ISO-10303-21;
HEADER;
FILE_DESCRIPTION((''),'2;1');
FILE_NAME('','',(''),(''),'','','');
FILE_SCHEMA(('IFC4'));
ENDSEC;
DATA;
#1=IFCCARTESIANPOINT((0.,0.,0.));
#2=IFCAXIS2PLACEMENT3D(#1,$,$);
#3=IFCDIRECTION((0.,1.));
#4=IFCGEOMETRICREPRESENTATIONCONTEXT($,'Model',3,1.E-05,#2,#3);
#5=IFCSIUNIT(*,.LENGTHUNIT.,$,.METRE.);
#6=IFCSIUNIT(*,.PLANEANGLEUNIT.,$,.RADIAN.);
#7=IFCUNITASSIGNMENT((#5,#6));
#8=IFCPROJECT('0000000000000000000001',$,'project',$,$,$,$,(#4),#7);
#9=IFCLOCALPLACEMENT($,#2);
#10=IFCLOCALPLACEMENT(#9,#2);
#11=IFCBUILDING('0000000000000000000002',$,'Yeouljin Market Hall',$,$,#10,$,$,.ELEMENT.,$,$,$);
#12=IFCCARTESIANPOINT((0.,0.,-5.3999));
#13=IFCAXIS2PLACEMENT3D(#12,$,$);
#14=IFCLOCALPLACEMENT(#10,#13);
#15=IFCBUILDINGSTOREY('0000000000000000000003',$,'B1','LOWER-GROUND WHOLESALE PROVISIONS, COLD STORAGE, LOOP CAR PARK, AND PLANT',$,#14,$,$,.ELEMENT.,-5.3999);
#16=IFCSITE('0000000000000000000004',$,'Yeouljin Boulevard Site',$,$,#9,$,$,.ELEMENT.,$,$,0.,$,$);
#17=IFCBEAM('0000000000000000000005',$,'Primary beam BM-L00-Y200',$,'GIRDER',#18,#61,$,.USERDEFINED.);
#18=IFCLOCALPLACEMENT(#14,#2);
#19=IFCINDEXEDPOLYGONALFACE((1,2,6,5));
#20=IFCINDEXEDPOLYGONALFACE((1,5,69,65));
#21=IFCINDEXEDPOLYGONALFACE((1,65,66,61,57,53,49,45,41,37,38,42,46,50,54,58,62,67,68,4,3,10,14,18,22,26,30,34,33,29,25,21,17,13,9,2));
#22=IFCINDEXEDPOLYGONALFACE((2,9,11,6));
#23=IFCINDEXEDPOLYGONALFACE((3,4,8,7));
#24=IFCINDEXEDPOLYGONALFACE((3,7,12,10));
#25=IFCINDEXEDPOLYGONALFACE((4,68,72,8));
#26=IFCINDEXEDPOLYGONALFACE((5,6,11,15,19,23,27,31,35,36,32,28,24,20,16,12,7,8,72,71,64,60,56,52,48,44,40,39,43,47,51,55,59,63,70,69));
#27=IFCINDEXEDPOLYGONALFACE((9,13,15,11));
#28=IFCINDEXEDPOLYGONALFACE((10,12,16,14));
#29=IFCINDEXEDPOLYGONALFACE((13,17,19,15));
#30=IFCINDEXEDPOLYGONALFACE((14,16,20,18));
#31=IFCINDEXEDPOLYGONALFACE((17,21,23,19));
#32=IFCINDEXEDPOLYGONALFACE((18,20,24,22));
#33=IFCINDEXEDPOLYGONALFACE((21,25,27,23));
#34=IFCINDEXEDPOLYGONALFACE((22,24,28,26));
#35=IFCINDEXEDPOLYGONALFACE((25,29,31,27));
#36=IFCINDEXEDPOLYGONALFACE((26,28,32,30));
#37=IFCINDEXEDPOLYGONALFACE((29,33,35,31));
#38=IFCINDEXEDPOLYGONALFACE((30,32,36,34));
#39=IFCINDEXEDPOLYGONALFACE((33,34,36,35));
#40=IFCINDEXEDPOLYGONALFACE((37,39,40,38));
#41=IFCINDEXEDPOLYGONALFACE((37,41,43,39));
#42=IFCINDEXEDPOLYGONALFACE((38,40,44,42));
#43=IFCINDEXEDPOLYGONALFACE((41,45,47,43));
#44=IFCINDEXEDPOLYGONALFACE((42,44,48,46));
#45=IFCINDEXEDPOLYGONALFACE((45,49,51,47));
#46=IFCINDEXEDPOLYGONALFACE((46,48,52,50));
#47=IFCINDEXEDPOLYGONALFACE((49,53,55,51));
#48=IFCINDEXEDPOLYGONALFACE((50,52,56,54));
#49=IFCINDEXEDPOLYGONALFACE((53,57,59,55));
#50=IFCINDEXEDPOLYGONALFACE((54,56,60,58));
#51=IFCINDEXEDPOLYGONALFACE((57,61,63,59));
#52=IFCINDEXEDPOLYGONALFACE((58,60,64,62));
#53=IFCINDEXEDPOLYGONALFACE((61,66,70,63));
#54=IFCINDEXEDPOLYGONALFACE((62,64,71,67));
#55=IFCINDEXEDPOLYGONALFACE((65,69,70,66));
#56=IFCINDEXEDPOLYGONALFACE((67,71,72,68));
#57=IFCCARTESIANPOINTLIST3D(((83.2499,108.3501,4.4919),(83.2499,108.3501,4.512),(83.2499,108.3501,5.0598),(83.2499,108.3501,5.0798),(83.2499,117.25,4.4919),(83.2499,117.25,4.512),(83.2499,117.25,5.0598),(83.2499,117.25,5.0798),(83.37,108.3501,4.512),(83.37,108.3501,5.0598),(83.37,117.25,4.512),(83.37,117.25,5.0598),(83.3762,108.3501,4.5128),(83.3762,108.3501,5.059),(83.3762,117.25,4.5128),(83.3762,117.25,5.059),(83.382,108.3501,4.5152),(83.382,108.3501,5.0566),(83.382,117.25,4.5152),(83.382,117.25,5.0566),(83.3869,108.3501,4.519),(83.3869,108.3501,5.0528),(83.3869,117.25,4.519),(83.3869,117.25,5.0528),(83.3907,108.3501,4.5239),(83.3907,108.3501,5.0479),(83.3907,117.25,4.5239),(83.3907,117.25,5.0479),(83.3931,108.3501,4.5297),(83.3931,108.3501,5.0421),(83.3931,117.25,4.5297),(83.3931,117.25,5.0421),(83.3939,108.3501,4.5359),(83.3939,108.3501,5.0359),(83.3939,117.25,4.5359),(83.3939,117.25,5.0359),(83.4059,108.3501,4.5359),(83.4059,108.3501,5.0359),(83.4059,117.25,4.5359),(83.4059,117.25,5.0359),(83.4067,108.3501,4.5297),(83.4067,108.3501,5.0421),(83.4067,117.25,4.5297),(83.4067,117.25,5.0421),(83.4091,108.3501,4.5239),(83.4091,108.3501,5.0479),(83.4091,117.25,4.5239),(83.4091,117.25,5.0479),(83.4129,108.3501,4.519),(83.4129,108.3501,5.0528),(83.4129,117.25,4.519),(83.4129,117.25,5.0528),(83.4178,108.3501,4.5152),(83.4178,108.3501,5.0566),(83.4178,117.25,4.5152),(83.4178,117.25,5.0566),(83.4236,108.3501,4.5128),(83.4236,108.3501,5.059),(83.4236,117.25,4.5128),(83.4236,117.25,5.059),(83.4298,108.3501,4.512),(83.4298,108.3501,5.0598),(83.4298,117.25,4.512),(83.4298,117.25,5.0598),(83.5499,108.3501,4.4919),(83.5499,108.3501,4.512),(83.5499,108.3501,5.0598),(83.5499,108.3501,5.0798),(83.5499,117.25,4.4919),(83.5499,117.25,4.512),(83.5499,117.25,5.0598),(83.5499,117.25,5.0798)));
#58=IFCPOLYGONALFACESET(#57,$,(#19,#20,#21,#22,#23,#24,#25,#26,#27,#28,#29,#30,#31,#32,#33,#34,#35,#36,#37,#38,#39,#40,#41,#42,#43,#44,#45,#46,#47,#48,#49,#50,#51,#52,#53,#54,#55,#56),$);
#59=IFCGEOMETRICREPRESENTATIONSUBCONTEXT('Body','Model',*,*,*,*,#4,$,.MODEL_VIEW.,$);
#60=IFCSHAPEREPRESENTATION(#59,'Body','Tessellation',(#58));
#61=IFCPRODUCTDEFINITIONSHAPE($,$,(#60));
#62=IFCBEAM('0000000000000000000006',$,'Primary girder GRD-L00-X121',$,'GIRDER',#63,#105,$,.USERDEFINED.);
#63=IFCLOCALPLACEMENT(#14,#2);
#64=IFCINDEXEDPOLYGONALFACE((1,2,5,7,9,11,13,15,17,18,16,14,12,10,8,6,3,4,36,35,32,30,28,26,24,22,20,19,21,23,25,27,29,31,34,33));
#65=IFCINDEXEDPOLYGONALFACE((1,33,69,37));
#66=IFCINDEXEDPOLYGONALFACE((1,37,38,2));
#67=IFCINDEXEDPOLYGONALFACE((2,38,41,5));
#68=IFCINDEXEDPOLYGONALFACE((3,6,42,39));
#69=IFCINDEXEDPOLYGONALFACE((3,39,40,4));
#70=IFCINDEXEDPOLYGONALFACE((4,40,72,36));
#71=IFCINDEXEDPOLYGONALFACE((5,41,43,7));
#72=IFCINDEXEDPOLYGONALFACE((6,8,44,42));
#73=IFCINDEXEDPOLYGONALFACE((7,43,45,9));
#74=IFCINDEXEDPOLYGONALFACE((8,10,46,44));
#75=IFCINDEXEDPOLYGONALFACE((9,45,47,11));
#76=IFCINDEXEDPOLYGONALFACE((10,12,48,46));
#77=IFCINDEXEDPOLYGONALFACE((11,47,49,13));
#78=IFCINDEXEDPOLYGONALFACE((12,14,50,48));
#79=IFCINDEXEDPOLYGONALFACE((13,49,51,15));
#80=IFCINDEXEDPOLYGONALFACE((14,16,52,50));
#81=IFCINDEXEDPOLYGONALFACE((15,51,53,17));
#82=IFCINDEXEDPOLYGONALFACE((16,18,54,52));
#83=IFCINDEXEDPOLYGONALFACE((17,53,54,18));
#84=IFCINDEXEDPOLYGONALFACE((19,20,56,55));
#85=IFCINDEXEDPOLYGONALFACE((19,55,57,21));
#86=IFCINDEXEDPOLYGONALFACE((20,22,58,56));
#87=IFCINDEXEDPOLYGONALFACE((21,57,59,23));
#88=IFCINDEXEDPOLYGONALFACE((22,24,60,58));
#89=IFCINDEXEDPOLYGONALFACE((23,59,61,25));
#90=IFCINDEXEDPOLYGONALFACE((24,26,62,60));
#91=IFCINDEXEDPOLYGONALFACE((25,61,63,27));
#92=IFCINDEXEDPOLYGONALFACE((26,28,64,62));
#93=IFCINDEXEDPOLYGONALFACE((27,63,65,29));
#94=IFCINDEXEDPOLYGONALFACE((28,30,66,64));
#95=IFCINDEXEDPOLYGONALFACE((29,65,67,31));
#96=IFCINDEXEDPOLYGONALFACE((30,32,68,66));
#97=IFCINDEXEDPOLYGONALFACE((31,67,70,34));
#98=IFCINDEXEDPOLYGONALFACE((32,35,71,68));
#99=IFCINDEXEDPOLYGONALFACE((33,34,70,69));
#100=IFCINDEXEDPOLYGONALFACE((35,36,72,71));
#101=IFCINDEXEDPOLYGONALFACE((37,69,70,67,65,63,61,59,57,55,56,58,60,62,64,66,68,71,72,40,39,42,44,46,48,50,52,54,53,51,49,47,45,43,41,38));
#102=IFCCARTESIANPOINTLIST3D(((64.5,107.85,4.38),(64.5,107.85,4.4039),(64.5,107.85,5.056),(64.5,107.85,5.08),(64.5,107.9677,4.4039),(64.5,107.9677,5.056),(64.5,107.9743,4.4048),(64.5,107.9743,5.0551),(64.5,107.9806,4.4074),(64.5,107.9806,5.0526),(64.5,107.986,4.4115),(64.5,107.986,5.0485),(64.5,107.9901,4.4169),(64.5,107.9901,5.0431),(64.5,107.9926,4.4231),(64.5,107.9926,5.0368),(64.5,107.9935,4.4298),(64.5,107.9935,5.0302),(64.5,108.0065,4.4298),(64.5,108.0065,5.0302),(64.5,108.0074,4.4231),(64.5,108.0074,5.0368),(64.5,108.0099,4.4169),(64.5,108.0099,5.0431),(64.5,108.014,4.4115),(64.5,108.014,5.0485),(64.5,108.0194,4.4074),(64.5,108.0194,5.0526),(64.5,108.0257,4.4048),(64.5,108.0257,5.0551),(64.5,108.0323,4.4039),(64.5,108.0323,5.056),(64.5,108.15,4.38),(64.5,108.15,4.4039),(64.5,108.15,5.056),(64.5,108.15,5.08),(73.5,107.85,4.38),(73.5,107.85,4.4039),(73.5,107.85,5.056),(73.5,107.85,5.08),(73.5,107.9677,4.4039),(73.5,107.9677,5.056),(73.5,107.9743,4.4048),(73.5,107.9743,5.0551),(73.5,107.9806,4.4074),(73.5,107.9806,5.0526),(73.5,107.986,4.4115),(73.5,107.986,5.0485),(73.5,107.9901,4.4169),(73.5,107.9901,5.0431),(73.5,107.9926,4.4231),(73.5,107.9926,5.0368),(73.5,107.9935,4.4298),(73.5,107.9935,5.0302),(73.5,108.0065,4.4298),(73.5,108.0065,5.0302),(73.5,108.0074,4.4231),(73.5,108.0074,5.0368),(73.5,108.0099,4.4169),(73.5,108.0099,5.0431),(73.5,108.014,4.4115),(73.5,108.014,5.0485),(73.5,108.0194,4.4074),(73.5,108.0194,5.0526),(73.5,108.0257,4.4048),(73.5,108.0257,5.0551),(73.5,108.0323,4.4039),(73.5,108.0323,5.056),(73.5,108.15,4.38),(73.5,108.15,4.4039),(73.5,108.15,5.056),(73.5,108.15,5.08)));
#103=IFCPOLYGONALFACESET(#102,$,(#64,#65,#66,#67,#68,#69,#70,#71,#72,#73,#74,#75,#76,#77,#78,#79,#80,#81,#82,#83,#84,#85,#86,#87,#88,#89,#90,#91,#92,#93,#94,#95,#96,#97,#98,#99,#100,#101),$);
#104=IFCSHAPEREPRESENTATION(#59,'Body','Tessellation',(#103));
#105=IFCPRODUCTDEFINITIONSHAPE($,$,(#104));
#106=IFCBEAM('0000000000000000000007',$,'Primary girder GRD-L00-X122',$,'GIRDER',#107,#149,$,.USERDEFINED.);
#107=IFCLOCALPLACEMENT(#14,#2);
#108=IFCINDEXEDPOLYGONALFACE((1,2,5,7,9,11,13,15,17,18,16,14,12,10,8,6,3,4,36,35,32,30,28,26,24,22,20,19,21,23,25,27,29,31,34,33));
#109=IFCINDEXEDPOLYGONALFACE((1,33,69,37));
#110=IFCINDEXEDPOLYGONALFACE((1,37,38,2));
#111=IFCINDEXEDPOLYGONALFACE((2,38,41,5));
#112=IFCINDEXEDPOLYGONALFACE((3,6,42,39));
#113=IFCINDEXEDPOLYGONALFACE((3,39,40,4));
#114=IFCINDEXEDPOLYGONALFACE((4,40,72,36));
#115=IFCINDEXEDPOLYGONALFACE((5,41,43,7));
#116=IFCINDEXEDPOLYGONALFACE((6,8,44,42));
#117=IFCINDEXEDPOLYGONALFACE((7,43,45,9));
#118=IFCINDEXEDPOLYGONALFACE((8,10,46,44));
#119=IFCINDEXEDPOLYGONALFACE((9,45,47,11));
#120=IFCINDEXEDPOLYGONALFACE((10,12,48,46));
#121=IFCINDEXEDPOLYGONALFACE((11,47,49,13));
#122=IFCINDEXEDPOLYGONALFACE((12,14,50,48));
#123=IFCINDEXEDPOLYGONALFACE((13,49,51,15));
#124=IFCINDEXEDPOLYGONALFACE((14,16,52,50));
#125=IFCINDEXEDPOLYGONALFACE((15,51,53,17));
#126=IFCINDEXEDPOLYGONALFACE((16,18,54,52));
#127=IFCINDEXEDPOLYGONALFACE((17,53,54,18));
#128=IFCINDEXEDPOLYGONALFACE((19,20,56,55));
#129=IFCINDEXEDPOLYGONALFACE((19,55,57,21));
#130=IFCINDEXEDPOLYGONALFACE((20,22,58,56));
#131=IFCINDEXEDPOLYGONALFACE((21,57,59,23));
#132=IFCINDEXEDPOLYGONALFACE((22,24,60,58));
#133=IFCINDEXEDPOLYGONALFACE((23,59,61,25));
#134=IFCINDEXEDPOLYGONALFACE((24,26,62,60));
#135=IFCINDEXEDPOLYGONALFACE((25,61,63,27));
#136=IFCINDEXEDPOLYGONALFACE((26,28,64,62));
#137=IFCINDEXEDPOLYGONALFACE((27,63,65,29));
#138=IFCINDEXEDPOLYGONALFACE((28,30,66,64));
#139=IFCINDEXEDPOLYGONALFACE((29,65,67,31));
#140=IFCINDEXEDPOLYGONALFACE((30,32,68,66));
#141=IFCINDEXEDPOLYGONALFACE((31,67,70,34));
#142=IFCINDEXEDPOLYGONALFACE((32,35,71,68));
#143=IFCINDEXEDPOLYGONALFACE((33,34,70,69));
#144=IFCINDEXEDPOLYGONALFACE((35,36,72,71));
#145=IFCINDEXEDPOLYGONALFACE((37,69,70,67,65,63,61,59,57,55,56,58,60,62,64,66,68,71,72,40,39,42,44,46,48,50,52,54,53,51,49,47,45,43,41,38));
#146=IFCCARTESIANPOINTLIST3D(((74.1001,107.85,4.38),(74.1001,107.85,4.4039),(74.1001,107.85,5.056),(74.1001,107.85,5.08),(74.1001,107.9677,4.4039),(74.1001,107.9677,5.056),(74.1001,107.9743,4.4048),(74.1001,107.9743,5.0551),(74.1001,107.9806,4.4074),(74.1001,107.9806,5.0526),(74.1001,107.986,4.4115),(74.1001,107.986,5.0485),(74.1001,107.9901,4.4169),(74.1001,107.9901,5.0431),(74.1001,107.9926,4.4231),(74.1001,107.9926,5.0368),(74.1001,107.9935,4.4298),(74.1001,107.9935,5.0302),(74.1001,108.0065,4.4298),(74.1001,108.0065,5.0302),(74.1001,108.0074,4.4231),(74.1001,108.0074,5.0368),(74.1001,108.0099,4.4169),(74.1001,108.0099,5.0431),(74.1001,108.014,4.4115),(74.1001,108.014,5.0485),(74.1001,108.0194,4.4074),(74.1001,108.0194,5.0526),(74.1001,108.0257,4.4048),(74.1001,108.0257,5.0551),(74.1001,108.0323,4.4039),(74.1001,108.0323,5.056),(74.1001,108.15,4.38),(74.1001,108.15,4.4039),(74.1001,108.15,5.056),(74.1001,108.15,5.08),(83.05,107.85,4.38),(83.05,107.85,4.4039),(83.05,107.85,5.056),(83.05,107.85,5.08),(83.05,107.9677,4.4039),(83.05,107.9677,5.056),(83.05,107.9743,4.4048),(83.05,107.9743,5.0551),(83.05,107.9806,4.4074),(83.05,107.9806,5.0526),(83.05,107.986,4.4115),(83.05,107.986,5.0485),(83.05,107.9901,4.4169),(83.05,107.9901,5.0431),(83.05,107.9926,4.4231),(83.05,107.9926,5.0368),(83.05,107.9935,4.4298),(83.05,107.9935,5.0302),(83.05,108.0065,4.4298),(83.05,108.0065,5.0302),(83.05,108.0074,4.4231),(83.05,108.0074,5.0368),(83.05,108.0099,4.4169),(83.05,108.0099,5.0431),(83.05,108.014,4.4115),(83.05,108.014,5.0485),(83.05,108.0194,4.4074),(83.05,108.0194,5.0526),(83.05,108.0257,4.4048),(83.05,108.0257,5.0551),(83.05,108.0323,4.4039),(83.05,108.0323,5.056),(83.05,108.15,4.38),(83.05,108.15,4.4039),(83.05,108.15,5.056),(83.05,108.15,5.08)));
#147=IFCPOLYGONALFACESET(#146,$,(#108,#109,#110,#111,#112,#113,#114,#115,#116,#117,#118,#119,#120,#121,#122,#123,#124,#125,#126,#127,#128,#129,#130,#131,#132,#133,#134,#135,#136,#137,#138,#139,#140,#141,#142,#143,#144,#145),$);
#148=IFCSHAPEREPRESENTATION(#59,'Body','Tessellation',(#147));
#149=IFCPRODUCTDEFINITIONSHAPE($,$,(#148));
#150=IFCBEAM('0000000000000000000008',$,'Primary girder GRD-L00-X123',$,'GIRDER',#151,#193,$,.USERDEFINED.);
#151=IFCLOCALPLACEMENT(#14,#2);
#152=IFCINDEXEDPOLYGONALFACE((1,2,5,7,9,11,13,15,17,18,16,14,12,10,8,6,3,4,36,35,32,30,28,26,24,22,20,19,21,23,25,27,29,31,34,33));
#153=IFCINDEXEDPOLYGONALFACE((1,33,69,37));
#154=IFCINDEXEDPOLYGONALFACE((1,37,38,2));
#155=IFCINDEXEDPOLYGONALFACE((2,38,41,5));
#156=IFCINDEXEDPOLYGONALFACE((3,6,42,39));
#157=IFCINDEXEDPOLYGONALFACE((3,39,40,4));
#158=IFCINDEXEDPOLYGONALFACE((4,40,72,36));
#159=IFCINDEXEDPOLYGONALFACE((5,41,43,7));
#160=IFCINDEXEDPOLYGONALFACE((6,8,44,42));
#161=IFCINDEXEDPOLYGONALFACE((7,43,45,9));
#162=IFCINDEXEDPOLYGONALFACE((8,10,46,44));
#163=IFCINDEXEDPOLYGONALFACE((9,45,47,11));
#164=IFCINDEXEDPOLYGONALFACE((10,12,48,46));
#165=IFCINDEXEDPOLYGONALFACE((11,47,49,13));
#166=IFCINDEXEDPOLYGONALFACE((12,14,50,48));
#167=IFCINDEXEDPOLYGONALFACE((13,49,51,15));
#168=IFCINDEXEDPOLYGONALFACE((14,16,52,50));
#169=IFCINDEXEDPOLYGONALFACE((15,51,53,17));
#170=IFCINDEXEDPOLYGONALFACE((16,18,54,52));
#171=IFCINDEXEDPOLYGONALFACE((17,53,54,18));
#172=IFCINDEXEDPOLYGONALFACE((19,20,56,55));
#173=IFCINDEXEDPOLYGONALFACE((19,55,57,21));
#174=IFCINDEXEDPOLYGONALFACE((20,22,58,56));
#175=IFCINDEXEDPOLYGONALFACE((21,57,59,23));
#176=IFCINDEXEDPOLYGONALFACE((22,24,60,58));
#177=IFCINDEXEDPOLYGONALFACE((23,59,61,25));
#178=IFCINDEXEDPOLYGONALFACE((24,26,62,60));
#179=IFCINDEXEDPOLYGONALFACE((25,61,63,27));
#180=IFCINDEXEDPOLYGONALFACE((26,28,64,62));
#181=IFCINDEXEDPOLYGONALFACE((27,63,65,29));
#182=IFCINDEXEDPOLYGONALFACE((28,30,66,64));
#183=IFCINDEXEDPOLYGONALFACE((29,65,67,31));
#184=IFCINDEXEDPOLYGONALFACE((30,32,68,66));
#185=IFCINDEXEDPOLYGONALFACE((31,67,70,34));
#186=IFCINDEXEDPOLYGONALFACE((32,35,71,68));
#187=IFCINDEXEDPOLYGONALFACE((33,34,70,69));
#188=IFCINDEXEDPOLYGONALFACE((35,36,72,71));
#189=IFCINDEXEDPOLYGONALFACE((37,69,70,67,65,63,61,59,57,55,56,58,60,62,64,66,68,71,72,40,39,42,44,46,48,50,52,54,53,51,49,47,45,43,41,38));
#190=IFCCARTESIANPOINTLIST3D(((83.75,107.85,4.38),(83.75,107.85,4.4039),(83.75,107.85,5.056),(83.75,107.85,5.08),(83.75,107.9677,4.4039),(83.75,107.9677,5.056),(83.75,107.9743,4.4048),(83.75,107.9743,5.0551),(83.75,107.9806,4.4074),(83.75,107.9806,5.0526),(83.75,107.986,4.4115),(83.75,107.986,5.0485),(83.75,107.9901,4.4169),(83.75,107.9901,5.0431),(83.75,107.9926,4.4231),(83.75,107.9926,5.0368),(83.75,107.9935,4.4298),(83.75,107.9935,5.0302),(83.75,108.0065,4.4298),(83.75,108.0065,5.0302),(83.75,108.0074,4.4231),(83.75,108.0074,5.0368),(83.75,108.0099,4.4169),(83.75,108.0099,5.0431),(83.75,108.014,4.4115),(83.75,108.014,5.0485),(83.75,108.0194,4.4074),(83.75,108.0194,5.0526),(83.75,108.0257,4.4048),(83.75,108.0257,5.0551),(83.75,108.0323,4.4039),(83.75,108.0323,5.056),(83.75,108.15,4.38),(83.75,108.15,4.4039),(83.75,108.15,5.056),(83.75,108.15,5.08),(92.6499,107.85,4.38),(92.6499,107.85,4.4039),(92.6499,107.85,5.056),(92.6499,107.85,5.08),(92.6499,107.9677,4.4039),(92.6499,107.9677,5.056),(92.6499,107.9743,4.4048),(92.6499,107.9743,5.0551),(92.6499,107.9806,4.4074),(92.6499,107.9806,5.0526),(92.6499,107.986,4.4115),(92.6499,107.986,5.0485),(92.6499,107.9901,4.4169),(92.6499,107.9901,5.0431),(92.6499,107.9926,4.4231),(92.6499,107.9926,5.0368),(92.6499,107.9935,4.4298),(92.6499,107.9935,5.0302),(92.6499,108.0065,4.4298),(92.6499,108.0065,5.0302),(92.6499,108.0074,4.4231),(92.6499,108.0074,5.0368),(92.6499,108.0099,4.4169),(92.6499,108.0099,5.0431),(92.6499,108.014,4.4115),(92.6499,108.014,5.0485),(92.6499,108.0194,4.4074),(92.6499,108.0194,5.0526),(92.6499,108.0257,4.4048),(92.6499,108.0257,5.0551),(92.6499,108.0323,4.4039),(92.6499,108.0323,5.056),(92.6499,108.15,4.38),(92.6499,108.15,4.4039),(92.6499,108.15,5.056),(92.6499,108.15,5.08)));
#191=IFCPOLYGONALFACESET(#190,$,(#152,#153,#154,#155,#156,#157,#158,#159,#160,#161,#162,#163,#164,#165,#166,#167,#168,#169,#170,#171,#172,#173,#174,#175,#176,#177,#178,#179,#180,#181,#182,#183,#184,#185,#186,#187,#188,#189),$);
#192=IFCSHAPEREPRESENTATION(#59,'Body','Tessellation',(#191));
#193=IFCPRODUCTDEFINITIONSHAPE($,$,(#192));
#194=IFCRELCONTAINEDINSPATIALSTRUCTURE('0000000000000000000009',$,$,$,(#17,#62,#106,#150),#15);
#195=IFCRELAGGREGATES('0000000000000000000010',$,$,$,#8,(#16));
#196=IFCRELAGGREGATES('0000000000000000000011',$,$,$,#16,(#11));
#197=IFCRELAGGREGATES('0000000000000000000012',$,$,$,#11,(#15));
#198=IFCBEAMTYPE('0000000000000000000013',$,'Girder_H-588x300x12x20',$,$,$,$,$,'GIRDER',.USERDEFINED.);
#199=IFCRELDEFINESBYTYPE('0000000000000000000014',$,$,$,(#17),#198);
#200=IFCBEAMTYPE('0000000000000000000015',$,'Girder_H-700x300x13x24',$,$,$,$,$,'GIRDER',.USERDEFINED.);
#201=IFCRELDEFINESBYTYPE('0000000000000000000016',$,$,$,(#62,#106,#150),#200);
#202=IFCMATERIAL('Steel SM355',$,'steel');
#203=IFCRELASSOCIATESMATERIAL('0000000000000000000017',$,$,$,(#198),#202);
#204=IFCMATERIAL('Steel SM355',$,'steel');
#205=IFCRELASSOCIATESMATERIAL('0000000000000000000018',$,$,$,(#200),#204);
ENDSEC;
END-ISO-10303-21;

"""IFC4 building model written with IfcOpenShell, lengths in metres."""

from ifc_helpers import new_model, si_unit, direction, frame, origin, origin_2d, place, context, subcontext, project, spatial, i_section, extrude, material, material_profile, profile_set, type_object, element, save


model = new_model("IFC4")

# Units and contexts
model_context = context("Model", 3, precision=1e-05, world=origin(), true_north=direction((0.0, 1.0)))
body_context = subcontext(model_context, "Body", "Model", "MODEL_VIEW")
ifc_project = project(units=[si_unit("LENGTHUNIT", "METRE"), si_unit("PLANEANGLEUNIT", "RADIAN")], contexts=[model_context])

# Site, building, storey
site_placement = place(None, origin())
site = spatial("IfcSite", under=ifc_project, at=site_placement, Name="Yeouljin Boulevard Site", CompositionType="ELEMENT", RefElevation=0.0)
building_placement = place(site_placement, origin())
building = spatial("IfcBuilding", under=site, at=building_placement, Name="Yeouljin Market Hall", CompositionType="ELEMENT")
storey_placement = place(building_placement, frame((0.0, 0.0, -5.3999)))
storey = spatial("IfcBuildingStorey", under=building, at=storey_placement, Name="B1", Description="LOWER-GROUND WHOLESALE PROVISIONS, COLD STORAGE, LOOP CAR PARK, AND PLANT", CompositionType="ELEMENT", Elevation=-5.3999)

# Beams
ifc_material_1 = material(Name="Steel SM355", Category="steel")
ifc_material_profile_1 = material_profile(ifc_material_1, i_section(OverallWidth=0.3, OverallDepth=0.5879, WebThickness=0.012, FlangeThickness=0.02, FilletRadius=0.0239, at=origin_2d()), Name="H-588x300x12x20")
ifc_profile_set_1 = profile_set([ifc_material_profile_1], Name="Steel SM355")
beam_type_1 = type_object("IfcBeamType", Name="Girder_H-588x300x12x20", ElementType="GIRDER", PredefinedType="USERDEFINED", material=ifc_profile_set_1)
beam_1_placement = place(storey_placement, frame((83.3999, 108.3501, 4.7859), z_axis=(0.0, 1.0, 0.0), x_axis=(-1.0, 0.0, 0.0)))
element("IfcBeam", 1, at=beam_1_placement, inside=storey, type_object=beam_type_1, Name="Primary beam BM-L00-Y200", ObjectType="GIRDER", PredefinedType="USERDEFINED", context=body_context, shape_type="SweptSolid", body=[
    extrude(i_section(OverallWidth=0.3, OverallDepth=0.5879, WebThickness=0.012, FlangeThickness=0.02, FilletRadius=0.0239, at=origin_2d()), origin(), (0.0, 0.0, 1.0), 8.8999),
])
ifc_material_2 = material(Name="Steel SM355", Category="steel")
ifc_material_profile_2 = material_profile(ifc_material_2, i_section(OverallWidth=0.3, OverallDepth=0.7, WebThickness=0.0129, FlangeThickness=0.0239, FilletRadius=0.0259, at=origin_2d()), Name="H-700x300x13x24")
ifc_profile_set_2 = profile_set([ifc_material_profile_2], Name="Steel SM355")
beam_type_2 = type_object("IfcBeamType", Name="Girder_H-700x300x13x24", ElementType="GIRDER", PredefinedType="USERDEFINED", material=ifc_profile_set_2)
beam_2_placement = place(storey_placement, frame((64.5, 108.0, 4.73), z_axis=(1.0, 0.0, 0.0), x_axis=(0.0, 1.0, 0.0)))
element("IfcBeam", 2, at=beam_2_placement, inside=storey, type_object=beam_type_2, Name="Primary girder GRD-L00-X121", ObjectType="GIRDER", PredefinedType="USERDEFINED", context=body_context, shape_type="SweptSolid", body=[
    extrude(i_section(OverallWidth=0.3, OverallDepth=0.7, WebThickness=0.0129, FlangeThickness=0.0239, FilletRadius=0.0259, at=origin_2d()), origin(), (0.0, 0.0, 1.0), 9.0),
])
beam_3_placement = place(storey_placement, frame((74.1001, 108.0, 4.73), z_axis=(1.0, 0.0, 0.0), x_axis=(0.0, 1.0, 0.0)))
element("IfcBeam", 3, at=beam_3_placement, inside=storey, type_object=beam_type_2, Name="Primary girder GRD-L00-X122", ObjectType="GIRDER", PredefinedType="USERDEFINED", context=body_context, shape_type="SweptSolid", body=[
    extrude(i_section(OverallWidth=0.3, OverallDepth=0.7, WebThickness=0.0129, FlangeThickness=0.0239, FilletRadius=0.0259, at=origin_2d()), origin(), (0.0, 0.0, 1.0), 8.95),
])
beam_4_placement = place(storey_placement, frame((83.75, 108.0, 4.73), z_axis=(1.0, 0.0, 0.0), x_axis=(0.0, 1.0, 0.0)))
element("IfcBeam", 4, at=beam_4_placement, inside=storey, type_object=beam_type_2, Name="Primary girder GRD-L00-X123", ObjectType="GIRDER", PredefinedType="USERDEFINED", context=body_context, shape_type="SweptSolid", body=[
    extrude(i_section(OverallWidth=0.3, OverallDepth=0.7, WebThickness=0.0129, FlangeThickness=0.0239, FilletRadius=0.0259, at=origin_2d()), origin(), (0.0, 0.0, 1.0), 8.8999),
])

save(model, "model.ifc")
